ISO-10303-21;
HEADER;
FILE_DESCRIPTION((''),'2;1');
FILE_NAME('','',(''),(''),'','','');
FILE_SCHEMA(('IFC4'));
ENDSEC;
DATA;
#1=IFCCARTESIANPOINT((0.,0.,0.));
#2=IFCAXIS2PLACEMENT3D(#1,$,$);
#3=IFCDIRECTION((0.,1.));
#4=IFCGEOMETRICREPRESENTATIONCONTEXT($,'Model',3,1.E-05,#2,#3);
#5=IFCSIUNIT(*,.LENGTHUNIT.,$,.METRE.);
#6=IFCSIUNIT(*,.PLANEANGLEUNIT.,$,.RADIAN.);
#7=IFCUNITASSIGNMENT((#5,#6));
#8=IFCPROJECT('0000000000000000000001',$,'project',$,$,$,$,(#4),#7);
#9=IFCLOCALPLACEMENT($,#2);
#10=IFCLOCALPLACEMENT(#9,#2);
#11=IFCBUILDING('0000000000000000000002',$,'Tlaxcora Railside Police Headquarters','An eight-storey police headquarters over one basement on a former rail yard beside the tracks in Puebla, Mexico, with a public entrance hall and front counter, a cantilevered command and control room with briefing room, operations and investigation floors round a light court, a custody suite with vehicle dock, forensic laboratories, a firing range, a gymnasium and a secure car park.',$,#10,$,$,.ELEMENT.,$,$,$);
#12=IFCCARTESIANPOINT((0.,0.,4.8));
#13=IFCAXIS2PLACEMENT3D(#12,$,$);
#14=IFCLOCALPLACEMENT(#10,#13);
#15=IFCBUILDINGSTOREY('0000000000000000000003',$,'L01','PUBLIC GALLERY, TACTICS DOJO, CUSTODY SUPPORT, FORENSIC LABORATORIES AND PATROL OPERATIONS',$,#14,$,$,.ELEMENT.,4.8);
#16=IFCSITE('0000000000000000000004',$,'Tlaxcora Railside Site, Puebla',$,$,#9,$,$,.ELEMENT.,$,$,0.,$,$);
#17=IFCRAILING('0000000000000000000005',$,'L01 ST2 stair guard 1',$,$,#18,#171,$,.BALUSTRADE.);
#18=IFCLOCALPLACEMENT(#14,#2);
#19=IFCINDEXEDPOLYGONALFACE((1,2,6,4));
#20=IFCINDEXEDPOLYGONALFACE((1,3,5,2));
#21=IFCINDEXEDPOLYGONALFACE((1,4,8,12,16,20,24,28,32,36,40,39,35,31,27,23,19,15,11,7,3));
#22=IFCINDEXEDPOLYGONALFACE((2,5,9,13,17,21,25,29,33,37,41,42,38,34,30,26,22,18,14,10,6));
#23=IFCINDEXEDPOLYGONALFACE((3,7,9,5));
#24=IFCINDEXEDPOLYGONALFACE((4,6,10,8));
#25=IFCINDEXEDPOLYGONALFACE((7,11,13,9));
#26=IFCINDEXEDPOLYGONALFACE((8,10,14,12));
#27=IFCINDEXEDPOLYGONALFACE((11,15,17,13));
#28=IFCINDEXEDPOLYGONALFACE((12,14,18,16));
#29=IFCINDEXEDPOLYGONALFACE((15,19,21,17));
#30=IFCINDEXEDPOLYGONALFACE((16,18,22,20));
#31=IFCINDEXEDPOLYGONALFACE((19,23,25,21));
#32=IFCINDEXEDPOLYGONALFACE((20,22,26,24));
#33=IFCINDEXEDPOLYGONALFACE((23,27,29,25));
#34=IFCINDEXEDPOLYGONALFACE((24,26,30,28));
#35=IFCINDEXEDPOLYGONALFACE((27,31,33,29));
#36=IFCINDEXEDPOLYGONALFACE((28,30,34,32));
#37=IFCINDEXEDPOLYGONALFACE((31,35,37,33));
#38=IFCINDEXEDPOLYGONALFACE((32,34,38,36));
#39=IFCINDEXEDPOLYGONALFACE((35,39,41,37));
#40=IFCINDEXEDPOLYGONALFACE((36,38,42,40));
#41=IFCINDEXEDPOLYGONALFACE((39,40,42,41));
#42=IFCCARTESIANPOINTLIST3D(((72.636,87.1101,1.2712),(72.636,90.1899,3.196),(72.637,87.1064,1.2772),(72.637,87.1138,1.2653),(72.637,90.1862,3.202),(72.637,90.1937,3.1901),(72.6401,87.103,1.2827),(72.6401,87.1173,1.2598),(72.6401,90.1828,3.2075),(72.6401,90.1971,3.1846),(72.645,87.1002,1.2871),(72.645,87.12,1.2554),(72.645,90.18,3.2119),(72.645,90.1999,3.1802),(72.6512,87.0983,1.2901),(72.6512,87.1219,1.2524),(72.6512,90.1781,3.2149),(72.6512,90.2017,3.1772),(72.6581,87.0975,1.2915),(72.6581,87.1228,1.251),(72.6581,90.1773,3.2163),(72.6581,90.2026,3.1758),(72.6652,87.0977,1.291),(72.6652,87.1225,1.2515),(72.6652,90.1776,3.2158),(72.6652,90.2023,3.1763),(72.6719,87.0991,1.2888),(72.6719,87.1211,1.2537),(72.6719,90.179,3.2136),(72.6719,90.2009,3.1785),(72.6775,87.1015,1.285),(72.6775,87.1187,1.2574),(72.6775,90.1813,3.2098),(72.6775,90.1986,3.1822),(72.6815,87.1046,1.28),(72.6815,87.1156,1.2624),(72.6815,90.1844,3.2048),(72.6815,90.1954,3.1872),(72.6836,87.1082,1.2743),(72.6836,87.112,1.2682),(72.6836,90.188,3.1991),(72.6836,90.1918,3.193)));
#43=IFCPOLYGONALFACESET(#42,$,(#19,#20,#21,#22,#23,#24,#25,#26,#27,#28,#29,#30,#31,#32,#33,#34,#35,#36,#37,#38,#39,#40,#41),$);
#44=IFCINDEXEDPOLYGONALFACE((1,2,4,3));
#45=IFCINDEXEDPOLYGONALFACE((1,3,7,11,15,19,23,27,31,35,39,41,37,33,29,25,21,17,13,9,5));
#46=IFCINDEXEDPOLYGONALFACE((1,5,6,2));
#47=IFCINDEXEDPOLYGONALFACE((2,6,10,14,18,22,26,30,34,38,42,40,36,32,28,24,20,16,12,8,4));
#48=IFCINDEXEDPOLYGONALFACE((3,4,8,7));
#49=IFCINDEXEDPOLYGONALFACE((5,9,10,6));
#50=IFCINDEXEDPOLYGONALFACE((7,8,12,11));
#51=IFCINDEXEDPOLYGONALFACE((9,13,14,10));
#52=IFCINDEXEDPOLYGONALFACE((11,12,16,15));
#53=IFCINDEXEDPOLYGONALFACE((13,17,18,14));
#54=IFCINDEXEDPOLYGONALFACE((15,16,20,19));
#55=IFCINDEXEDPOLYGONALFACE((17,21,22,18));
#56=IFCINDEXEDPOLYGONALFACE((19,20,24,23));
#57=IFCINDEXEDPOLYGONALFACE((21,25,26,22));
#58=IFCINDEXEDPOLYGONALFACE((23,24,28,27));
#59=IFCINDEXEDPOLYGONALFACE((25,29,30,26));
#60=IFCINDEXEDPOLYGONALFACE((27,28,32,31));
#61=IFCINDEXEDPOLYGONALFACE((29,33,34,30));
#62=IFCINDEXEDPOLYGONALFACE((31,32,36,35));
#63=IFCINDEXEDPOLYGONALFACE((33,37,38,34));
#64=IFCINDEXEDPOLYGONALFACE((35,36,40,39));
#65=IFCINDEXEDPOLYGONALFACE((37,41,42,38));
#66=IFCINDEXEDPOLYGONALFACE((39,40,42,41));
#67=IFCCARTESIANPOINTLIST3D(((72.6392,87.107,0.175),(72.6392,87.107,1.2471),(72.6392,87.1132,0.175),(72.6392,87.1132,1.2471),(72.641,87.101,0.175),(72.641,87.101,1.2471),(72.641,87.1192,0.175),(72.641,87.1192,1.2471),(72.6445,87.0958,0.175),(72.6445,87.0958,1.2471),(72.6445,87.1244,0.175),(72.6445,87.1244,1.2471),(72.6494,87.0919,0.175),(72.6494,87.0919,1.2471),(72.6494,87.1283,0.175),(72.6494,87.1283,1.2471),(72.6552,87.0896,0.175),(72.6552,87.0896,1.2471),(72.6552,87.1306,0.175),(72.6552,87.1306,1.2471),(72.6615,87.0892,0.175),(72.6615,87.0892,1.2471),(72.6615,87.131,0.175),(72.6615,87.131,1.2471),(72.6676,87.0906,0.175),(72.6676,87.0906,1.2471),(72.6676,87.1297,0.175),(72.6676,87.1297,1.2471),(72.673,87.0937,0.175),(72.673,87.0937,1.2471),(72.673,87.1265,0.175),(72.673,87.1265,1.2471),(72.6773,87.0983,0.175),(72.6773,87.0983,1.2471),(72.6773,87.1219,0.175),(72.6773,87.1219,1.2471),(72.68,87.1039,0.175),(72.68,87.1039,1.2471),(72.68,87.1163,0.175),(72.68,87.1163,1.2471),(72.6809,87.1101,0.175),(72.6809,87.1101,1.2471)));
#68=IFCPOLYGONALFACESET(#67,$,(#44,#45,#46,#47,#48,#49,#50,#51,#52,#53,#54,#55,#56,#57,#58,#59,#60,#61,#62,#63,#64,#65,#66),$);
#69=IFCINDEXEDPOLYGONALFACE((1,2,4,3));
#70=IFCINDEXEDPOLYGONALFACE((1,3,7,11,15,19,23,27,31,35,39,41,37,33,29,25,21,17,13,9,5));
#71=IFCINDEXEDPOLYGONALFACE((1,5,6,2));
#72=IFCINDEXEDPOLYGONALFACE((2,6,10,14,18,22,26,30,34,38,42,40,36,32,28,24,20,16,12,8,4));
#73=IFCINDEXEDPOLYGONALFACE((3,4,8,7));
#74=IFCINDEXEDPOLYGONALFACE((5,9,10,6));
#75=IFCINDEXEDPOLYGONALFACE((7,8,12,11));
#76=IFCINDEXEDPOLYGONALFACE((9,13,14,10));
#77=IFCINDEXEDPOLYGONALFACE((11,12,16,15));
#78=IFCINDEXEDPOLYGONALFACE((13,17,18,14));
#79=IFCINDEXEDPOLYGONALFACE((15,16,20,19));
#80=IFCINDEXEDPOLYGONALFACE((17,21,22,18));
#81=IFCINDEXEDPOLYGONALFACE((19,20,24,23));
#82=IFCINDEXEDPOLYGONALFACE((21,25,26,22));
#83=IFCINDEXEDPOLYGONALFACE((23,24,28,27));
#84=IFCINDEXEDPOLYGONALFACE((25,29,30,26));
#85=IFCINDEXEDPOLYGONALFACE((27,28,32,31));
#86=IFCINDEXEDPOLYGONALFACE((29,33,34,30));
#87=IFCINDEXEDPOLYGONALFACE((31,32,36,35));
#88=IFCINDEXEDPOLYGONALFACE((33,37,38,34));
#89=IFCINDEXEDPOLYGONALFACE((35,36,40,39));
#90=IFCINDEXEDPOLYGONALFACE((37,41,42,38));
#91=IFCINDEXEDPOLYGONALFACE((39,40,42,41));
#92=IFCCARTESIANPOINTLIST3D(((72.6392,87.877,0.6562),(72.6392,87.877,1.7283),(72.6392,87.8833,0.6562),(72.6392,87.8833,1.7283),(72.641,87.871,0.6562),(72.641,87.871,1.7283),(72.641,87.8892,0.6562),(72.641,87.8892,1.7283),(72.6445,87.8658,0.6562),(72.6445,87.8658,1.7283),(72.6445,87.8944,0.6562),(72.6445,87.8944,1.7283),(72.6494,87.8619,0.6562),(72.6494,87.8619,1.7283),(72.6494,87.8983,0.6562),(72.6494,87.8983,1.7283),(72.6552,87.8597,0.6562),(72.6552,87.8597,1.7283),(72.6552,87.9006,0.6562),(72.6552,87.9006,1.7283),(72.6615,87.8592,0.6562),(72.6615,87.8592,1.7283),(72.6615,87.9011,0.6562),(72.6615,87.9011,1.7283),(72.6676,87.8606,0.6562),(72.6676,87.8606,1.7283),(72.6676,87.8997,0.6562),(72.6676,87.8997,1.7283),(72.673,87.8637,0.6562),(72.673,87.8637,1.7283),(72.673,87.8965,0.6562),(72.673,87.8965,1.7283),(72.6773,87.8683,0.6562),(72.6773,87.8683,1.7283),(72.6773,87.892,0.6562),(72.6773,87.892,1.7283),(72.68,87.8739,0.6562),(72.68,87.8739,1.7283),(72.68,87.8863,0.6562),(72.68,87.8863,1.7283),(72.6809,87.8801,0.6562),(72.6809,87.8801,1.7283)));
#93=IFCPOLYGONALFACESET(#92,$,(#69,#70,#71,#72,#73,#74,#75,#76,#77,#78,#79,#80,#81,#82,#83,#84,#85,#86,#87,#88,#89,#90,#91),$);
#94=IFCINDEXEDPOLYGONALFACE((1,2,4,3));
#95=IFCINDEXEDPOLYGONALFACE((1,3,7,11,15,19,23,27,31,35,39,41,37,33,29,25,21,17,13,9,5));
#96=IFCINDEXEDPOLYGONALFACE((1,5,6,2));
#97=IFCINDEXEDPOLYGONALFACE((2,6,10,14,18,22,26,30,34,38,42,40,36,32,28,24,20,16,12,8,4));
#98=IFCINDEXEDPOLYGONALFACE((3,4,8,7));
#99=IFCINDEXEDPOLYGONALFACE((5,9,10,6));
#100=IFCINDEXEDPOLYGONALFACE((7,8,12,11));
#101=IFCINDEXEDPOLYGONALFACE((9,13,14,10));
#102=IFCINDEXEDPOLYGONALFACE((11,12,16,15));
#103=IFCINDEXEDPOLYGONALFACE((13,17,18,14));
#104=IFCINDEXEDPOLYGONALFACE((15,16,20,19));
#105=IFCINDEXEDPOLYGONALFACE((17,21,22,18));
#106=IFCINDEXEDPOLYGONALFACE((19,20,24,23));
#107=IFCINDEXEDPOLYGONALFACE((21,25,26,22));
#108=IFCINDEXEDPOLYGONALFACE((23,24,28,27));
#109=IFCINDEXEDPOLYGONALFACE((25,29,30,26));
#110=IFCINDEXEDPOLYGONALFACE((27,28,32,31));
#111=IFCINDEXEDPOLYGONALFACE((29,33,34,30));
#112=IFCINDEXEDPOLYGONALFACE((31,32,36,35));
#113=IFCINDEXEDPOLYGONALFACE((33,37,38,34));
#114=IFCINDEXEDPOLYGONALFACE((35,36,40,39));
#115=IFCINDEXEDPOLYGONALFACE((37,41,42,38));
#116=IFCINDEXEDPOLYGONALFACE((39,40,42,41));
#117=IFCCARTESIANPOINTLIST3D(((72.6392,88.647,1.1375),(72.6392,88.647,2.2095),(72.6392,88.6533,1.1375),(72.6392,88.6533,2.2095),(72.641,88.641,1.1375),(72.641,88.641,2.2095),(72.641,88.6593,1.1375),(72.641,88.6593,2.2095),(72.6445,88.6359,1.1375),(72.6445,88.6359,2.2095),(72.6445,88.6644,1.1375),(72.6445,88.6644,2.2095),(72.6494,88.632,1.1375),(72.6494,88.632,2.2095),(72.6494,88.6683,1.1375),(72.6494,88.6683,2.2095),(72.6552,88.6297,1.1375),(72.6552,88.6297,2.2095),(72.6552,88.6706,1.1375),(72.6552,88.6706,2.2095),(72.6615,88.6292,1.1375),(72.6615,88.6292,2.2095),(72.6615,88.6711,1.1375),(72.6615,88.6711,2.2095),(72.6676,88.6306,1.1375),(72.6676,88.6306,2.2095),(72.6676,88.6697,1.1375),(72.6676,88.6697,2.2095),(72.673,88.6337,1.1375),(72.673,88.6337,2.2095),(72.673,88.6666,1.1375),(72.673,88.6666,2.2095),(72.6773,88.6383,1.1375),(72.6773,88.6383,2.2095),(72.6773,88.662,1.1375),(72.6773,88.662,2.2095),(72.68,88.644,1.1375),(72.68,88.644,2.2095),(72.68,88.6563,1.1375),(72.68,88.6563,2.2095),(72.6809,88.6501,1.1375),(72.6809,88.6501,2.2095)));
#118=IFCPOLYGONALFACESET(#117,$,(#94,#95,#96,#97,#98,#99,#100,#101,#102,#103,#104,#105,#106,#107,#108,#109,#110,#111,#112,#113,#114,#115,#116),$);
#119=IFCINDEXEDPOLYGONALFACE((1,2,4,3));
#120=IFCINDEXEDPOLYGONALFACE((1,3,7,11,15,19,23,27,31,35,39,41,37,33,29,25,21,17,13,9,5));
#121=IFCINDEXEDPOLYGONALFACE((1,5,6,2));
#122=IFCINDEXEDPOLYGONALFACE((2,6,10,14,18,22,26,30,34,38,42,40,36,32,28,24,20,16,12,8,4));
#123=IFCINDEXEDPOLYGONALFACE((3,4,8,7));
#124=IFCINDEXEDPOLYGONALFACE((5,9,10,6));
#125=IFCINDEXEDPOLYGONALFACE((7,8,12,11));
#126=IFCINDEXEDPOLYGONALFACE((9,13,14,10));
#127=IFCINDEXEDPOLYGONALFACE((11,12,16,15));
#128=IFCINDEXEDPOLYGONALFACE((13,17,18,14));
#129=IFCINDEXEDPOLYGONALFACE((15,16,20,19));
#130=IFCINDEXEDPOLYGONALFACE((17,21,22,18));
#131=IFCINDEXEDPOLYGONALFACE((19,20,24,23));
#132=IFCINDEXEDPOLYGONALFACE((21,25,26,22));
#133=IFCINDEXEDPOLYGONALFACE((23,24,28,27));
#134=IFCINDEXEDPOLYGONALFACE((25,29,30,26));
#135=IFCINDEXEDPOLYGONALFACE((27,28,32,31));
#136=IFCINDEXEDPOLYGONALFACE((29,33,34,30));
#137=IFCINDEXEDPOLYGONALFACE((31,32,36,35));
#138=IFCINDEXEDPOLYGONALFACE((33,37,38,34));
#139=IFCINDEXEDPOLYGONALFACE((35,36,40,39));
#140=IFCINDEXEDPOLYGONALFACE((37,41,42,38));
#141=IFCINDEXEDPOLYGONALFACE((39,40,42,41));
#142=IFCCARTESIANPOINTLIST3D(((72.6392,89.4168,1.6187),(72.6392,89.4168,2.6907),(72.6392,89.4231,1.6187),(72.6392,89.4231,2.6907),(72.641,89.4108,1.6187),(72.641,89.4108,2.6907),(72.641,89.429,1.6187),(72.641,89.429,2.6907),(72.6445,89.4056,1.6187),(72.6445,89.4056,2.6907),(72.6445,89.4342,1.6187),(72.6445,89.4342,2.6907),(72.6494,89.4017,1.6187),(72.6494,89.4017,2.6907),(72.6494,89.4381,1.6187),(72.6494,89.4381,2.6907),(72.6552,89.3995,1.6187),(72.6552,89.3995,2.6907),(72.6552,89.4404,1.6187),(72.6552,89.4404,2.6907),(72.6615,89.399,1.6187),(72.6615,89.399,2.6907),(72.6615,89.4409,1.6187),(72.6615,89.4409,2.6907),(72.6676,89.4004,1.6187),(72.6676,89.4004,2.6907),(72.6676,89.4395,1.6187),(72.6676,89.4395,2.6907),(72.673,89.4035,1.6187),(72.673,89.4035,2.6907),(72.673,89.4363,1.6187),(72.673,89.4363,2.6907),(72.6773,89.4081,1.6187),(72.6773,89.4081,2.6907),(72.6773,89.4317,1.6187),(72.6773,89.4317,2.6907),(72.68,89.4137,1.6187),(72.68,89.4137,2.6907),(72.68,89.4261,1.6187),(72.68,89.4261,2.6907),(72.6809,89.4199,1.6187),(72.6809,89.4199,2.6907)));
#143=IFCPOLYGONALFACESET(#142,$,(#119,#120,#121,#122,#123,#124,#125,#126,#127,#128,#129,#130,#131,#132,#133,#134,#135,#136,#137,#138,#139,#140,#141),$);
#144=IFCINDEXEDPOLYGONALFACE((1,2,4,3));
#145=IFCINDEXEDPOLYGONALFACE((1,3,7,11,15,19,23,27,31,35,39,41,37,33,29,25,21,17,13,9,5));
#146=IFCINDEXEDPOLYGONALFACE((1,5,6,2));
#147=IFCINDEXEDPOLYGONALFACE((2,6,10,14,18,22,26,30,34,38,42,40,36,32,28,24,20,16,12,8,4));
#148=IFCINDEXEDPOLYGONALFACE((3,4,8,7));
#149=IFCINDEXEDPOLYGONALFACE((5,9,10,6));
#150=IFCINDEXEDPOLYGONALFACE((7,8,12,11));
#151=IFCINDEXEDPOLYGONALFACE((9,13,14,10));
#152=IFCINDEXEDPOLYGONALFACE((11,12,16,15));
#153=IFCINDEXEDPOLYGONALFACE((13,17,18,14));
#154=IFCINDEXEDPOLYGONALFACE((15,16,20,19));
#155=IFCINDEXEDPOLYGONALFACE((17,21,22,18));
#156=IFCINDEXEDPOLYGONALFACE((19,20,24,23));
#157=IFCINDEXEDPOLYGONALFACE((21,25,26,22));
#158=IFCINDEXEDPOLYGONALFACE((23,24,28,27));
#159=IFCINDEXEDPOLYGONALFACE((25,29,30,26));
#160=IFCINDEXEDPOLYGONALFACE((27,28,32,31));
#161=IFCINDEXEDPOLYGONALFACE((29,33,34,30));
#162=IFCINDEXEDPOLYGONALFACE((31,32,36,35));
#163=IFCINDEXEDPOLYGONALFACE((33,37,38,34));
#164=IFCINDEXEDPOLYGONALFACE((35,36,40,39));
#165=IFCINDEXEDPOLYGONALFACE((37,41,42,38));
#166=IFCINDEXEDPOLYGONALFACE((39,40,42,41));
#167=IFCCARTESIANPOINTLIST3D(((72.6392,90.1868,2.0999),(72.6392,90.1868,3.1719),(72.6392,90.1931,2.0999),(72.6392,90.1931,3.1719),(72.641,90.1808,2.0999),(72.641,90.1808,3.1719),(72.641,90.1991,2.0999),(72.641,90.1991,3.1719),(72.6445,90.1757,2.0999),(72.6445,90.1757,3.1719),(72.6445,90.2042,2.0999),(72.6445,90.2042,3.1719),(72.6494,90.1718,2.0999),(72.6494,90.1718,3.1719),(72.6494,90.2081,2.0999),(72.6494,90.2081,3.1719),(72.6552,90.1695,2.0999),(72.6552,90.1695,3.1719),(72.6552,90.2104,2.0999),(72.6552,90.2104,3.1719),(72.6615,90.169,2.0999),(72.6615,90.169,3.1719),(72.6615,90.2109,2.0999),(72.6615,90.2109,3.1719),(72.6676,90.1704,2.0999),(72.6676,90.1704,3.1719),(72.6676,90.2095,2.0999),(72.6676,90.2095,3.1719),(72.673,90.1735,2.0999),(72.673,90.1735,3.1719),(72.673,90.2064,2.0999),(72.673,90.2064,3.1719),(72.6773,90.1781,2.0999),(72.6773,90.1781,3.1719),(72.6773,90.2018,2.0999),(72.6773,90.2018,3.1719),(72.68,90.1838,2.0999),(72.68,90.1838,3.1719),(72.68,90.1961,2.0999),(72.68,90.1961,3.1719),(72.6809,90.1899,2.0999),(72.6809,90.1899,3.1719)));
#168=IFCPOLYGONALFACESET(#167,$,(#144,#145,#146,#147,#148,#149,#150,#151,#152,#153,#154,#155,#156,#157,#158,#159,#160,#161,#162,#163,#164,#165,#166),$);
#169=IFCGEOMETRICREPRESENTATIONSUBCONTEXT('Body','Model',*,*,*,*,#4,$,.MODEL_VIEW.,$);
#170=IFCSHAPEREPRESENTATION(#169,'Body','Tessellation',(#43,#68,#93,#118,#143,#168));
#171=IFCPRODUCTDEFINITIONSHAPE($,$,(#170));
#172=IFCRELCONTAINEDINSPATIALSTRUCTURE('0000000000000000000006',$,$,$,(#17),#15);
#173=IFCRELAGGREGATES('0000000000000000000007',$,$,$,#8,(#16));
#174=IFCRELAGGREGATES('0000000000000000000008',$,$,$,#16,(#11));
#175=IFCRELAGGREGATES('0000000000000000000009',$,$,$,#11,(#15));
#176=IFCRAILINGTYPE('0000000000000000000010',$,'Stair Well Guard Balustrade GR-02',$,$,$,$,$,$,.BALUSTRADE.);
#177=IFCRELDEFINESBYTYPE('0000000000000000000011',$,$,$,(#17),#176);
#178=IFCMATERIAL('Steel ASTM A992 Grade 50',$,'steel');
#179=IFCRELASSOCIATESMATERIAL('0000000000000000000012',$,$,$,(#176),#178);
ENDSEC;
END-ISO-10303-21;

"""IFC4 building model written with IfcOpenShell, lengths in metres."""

from ifc_helpers import new_model, si_unit, direction, frame, origin, origin_2d, place, context, subcontext, project, spatial, circle, extrude, material, type_object, element, save


model = new_model("IFC4")

# Units and contexts
model_context = context("Model", 3, precision=1e-05, world=origin(), true_north=direction((0.0, 1.0)))
body_context = subcontext(model_context, "Body", "Model", "MODEL_VIEW")
ifc_project = project(units=[si_unit("LENGTHUNIT", "METRE"), si_unit("PLANEANGLEUNIT", "RADIAN")], contexts=[model_context])

# Site, building, storey
site_placement = place(None, origin())
site = spatial("IfcSite", under=ifc_project, at=site_placement, Name="Tlaxcora Railside Site, Puebla", CompositionType="ELEMENT", RefElevation=0.0)
building_placement = place(site_placement, origin())
building = spatial("IfcBuilding", under=site, at=building_placement, Name="Tlaxcora Railside Police Headquarters", Description="An eight-storey police headquarters over one basement on a former rail yard beside the tracks in Puebla, Mexico, with a public entrance hall and front counter, a cantilevered command and control room with briefing room, operations and investigation floors round a light court, a custody suite with vehicle dock, forensic laboratories, a firing range, a gymnasium and a secure car park.", CompositionType="ELEMENT")
storey_placement = place(building_placement, frame((0.0, 0.0, 4.8)))
storey = spatial("IfcBuildingStorey", under=building, at=storey_placement, Name="L01", Description="PUBLIC GALLERY, TACTICS DOJO, CUSTODY SUPPORT, FORENSIC LABORATORIES AND PATROL OPERATIONS", CompositionType="ELEMENT", Elevation=4.8)

# Shared definitions
ifc_material_1 = material(Name="Steel ASTM A992 Grade 50", Category="steel")

# Railing
railing_type_1 = type_object("IfcRailingType", Name="Stair Well Guard Balustrade GR-02", PredefinedType="BALUSTRADE", material=ifc_material_1)
railing_1_placement = place(storey_placement, frame((72.6599, 87.1101, 0.175)))
element("IfcRailing", 1, at=railing_1_placement, inside=storey, type_object=railing_type_1, Name="L01 ST2 stair guard 1", PredefinedType="BALUSTRADE", context=body_context, shape_type="SweptSolid", body=[
    extrude(circle(Radius=0.0239, at=origin_2d()), frame((0.0, 0.0, 1.0962), z_axis=(0.0, 0.84801, 0.529981), x_axis=(-1.0, 0.0, 0.0)), (0.0, 0.0, 1.0), 3.6318),
    extrude(circle(Radius=0.021, at=origin_2d()), origin(), (0.0, 0.0, 1.0), 1.072),
    extrude(circle(Radius=0.021, at=origin_2d()), frame((0.0, 0.77, 0.4812)), (0.0, 0.0, 1.0), 1.072),
    extrude(circle(Radius=0.021, at=origin_2d()), frame((0.0, 1.54, 0.9624)), (0.0, 0.0, 1.0), 1.072),
    extrude(circle(Radius=0.021, at=origin_2d()), frame((0.0, 2.3098, 1.4436)), (0.0, 0.0, 1.0), 1.072),
    extrude(circle(Radius=0.021, at=origin_2d()), frame((0.0, 3.0798, 1.9248)), (0.0, 0.0, 1.0), 1.072),
])

save(model, "model.ifc")
